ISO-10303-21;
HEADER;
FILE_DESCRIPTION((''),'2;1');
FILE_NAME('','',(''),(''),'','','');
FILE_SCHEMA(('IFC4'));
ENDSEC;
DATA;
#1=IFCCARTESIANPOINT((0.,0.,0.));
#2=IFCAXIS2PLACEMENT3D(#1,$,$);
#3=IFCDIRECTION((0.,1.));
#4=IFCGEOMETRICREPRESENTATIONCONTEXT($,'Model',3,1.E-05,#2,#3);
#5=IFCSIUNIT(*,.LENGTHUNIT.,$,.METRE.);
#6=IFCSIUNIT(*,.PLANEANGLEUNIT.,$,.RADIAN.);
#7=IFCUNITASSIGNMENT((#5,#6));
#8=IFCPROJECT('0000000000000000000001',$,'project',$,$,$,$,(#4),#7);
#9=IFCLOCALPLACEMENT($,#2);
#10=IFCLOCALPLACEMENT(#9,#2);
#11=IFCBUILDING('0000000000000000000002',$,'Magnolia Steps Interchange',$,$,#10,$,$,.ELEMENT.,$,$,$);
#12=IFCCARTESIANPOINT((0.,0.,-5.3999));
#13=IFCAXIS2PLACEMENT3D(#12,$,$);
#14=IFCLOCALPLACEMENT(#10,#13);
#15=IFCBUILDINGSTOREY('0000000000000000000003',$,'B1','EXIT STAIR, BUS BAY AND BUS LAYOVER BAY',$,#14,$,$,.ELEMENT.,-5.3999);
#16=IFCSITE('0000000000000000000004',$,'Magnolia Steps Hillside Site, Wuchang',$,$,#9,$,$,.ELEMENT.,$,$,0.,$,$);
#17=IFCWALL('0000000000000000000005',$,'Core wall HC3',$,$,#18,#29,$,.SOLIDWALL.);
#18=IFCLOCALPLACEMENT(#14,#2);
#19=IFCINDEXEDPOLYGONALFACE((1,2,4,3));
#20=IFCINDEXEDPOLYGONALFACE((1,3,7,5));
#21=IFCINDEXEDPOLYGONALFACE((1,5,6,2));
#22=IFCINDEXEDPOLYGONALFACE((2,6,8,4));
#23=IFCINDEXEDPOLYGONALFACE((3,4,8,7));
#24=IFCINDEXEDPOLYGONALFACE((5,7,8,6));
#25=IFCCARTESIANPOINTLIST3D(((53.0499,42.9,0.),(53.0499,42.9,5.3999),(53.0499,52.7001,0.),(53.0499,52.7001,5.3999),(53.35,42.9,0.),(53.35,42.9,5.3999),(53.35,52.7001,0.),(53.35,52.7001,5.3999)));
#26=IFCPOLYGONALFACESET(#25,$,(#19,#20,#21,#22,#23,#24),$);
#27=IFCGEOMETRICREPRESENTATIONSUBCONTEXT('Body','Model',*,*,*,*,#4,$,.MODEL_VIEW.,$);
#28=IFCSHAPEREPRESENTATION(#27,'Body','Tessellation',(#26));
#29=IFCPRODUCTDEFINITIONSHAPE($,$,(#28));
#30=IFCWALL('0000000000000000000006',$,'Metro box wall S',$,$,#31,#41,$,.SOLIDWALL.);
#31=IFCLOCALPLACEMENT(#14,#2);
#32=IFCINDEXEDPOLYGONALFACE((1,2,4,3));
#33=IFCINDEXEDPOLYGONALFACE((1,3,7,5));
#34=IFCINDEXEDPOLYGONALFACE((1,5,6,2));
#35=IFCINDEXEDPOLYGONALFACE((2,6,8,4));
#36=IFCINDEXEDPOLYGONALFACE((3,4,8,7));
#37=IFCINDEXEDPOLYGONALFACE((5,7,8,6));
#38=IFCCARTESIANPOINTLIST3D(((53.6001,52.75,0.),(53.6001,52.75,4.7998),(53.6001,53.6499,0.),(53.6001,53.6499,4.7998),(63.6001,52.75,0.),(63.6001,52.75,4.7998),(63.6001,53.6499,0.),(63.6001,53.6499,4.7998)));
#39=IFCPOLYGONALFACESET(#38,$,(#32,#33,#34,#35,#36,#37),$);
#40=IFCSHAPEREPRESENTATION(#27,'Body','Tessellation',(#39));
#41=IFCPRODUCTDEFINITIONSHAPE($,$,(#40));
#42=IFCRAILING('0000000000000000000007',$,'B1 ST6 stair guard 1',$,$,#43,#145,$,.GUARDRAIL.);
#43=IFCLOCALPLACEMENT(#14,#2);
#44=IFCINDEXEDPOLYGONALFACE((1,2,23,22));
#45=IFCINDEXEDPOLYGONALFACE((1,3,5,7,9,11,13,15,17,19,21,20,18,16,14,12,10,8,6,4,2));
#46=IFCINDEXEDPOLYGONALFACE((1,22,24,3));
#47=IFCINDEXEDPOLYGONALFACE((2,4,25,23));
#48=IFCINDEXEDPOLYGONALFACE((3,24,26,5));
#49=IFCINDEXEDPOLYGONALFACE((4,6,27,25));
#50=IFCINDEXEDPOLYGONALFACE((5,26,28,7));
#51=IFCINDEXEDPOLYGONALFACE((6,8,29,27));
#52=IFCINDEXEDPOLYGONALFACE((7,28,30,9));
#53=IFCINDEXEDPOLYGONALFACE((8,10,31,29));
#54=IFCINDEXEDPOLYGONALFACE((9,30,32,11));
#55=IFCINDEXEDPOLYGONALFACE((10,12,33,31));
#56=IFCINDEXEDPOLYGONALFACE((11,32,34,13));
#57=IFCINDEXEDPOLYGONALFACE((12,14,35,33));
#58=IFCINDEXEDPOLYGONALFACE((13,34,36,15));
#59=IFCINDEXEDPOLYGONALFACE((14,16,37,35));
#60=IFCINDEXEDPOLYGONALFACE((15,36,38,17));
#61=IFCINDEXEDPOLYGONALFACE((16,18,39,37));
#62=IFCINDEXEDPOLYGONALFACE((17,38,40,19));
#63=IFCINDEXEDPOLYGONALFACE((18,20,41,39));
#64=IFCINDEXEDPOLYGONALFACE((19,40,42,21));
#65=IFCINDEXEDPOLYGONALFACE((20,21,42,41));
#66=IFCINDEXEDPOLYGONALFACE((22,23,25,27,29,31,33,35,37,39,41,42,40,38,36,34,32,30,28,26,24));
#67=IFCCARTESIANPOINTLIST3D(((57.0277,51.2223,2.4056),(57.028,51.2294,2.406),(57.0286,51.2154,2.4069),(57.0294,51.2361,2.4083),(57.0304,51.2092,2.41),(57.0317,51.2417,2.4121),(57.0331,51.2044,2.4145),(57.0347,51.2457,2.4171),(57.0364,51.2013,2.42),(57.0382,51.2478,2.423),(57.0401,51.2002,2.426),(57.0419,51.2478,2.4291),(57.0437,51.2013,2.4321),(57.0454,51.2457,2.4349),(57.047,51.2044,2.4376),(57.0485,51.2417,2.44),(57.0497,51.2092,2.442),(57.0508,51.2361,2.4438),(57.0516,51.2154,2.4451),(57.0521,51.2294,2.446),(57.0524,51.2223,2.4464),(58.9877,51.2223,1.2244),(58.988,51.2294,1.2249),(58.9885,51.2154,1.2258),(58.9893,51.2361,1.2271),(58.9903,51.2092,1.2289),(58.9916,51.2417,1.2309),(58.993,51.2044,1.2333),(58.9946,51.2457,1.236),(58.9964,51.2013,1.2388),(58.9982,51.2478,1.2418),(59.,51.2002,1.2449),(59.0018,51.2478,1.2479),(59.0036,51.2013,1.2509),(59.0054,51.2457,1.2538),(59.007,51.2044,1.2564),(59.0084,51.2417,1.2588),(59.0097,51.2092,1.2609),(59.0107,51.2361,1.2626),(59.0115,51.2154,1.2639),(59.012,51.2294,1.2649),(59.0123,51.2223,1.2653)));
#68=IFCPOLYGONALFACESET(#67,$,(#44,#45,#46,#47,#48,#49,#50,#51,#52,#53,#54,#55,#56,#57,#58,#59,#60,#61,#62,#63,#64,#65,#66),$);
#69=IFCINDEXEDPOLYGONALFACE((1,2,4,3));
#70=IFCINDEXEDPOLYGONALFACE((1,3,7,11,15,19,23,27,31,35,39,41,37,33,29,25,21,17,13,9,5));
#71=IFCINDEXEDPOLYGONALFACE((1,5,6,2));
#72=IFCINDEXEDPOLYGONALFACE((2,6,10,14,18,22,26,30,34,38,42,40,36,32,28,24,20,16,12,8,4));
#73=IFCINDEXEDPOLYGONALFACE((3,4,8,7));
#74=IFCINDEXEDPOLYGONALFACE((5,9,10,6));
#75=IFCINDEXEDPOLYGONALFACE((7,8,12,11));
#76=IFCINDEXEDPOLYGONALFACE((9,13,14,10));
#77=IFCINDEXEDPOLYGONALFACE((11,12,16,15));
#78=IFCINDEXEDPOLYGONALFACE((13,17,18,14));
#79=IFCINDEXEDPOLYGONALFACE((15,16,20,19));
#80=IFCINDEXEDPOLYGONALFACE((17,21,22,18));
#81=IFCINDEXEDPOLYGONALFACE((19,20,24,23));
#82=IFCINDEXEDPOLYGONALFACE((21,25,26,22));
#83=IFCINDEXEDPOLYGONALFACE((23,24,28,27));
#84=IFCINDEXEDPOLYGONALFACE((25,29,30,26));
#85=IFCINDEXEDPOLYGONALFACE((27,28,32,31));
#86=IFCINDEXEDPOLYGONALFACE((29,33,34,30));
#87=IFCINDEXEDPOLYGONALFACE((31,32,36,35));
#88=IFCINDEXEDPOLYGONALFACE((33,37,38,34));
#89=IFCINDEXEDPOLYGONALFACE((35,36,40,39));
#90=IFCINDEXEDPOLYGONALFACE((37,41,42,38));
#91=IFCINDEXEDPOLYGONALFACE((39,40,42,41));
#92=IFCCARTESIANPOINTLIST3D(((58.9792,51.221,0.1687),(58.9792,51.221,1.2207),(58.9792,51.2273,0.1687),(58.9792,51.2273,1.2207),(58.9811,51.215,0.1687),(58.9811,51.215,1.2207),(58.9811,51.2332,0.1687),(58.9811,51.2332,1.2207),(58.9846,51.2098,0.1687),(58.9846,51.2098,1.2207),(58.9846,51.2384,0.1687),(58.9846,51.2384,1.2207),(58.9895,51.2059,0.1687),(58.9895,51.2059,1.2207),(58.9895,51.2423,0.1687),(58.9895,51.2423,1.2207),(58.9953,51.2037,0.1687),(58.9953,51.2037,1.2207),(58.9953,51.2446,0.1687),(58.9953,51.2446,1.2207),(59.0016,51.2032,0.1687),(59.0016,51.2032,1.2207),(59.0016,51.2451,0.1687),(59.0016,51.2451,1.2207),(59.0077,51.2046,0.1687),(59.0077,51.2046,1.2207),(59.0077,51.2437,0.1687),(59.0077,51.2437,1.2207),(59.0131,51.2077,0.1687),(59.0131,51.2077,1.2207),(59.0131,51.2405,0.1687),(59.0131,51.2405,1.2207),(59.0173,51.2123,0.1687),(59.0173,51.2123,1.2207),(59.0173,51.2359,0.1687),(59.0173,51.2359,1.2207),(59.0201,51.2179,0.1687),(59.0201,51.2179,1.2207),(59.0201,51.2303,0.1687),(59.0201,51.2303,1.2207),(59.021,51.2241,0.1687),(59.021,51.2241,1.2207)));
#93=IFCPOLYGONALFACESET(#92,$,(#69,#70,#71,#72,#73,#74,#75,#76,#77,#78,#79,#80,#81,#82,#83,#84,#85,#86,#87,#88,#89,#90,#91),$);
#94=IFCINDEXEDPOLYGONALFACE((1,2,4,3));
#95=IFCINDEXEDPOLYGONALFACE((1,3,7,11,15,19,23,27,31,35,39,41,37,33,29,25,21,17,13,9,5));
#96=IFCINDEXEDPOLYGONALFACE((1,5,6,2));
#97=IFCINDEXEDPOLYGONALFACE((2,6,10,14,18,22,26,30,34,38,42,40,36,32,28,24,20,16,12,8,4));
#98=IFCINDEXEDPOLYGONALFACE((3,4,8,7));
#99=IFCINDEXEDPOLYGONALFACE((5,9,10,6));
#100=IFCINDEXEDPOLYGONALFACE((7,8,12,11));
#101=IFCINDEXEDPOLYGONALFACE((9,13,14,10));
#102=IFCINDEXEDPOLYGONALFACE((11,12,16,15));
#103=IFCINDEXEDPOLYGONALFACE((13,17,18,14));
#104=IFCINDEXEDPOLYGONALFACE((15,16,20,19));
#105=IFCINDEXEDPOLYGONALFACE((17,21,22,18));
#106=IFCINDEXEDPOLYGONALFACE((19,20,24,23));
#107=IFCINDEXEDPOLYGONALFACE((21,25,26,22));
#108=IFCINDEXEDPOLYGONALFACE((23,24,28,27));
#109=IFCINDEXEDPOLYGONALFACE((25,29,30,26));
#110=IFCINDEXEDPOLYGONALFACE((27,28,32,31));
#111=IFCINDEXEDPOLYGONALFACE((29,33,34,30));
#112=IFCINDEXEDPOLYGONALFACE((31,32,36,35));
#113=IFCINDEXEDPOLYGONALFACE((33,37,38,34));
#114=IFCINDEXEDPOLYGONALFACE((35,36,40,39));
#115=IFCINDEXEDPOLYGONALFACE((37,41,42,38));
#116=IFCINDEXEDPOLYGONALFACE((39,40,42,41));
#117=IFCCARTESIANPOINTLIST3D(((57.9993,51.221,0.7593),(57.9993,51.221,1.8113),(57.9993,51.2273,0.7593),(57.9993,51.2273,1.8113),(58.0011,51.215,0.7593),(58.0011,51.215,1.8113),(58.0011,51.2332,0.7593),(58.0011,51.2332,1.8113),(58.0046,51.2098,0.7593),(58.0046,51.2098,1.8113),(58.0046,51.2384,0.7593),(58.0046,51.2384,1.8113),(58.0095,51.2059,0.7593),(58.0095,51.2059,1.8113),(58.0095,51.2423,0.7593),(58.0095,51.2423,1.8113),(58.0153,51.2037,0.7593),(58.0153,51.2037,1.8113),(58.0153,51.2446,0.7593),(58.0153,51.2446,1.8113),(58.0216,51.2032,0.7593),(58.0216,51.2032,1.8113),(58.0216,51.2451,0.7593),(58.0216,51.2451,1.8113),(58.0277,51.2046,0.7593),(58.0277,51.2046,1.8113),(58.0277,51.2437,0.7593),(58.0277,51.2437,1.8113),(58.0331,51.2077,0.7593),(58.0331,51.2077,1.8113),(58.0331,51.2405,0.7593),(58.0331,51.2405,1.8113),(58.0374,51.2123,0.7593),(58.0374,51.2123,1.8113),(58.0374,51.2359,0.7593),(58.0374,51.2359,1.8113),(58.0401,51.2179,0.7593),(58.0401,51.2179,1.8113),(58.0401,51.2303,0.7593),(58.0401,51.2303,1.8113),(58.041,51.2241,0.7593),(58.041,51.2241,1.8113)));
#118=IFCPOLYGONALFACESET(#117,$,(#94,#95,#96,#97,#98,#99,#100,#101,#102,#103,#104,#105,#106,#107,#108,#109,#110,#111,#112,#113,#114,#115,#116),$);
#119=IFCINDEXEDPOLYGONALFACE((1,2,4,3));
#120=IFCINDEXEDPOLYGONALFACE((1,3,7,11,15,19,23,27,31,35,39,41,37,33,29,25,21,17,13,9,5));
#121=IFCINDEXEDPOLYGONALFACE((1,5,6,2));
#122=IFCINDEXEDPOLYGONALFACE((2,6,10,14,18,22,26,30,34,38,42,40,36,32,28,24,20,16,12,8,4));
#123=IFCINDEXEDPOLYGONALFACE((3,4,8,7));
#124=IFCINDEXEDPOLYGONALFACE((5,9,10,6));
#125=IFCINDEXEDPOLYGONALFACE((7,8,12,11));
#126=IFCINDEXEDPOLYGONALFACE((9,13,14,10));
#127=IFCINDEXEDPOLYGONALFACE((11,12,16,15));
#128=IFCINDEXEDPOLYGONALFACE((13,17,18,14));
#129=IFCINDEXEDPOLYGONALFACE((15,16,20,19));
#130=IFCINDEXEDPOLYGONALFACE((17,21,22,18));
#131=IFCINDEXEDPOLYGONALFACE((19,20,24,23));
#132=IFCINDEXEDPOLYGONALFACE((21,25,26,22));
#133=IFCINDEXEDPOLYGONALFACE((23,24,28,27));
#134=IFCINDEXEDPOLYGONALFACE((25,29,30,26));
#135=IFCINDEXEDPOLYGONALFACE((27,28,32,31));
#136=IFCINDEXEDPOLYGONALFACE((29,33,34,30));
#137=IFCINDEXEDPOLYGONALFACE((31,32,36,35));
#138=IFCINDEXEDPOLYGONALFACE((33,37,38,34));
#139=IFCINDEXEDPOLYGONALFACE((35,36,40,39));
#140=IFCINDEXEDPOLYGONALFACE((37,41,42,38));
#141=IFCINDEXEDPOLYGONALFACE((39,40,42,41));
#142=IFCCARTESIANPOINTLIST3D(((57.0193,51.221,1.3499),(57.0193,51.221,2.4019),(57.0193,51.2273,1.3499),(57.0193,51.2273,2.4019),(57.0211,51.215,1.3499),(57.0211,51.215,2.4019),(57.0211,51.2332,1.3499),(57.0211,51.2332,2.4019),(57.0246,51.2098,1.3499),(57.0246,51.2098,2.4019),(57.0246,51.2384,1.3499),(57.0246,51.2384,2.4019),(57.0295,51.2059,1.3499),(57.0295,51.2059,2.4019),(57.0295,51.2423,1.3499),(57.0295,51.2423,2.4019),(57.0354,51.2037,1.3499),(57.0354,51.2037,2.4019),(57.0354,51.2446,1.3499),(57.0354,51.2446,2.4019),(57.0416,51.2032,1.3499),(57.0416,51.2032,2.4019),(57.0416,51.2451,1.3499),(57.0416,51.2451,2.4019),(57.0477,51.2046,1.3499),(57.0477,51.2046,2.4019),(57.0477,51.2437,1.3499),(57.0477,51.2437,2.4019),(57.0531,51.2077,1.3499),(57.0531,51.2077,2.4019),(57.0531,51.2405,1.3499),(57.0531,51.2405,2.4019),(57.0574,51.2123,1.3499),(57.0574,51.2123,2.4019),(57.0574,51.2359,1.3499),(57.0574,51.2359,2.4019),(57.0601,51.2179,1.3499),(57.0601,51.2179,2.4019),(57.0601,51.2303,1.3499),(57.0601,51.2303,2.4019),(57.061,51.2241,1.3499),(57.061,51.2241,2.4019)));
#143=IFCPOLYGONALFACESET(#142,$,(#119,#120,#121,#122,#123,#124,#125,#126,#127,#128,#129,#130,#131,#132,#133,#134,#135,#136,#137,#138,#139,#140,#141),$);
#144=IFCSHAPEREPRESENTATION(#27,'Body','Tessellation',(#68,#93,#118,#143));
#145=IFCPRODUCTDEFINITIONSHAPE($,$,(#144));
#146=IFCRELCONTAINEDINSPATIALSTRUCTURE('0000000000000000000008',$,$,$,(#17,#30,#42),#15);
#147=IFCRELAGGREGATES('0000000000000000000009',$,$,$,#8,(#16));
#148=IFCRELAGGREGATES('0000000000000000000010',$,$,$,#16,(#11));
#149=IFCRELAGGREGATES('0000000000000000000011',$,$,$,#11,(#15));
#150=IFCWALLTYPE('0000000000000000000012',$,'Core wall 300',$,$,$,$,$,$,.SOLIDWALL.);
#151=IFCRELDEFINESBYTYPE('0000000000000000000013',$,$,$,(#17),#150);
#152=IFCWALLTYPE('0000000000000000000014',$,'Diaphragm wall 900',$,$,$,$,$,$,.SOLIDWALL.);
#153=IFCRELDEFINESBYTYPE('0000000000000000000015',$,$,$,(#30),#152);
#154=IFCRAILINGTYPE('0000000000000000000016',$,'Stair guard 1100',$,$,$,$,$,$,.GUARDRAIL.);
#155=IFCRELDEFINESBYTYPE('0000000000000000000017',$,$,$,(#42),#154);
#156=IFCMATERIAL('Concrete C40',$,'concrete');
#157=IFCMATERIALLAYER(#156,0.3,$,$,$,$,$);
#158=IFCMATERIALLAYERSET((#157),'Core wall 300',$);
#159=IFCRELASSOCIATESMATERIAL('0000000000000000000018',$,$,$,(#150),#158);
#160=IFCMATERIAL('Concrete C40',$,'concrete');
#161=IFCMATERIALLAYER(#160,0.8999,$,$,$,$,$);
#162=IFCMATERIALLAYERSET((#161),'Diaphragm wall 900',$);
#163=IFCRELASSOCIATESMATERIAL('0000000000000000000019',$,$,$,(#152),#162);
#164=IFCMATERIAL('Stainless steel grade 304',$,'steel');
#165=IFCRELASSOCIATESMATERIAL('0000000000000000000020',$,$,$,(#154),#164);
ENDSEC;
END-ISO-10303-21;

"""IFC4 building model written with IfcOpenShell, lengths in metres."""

from ifc_helpers import new_model, si_unit, direction, frame, frame_2d, origin, origin_2d, place, context, subcontext, project, spatial, rectangle, circle, extrude, material, layer, layer_set, type_object, element, save


model = new_model("IFC4")

# Units and contexts
model_context = context("Model", 3, precision=1e-05, world=origin(), true_north=direction((0.0, 1.0)))
body_context = subcontext(model_context, "Body", "Model", "MODEL_VIEW")
ifc_project = project(units=[si_unit("LENGTHUNIT", "METRE"), si_unit("PLANEANGLEUNIT", "RADIAN")], contexts=[model_context])

# Site, building, storey
site_placement = place(None, origin())
site = spatial("IfcSite", under=ifc_project, at=site_placement, Name="Magnolia Steps Hillside Site, Wuchang", CompositionType="ELEMENT", RefElevation=0.0)
building_placement = place(site_placement, origin())
building = spatial("IfcBuilding", under=site, at=building_placement, Name="Magnolia Steps Interchange", CompositionType="ELEMENT")
storey_placement = place(building_placement, frame((0.0, 0.0, -5.3999)))
storey = spatial("IfcBuildingStorey", under=building, at=storey_placement, Name="B1", Description="EXIT STAIR, BUS BAY AND BUS LAYOVER BAY", CompositionType="ELEMENT", Elevation=-5.3999)

# Walls
ifc_material_1 = material(Name="Concrete C40", Category="concrete")
ifc_layer_1 = layer(ifc_material_1, 0.3)
ifc_layer_set_1 = layer_set([ifc_layer_1], Name="Core wall 300")
wall_type_1 = type_object("IfcWallType", Name="Core wall 300", PredefinedType="SOLIDWALL", material=ifc_layer_set_1)
wall_1_placement = place(storey_placement, frame((53.2, 52.7, 0.0), z_axis=(0.0, 0.0, 1.0), x_axis=(0.0, -1.0, 0.0)))
element("IfcWall", 1, at=wall_1_placement, inside=storey, type_object=wall_type_1, Name="Core wall HC3", PredefinedType="SOLIDWALL", context=body_context, shape_type="SweptSolid", body=[
    extrude(rectangle(XDim=9.8, YDim=0.3, at=frame_2d((4.8999, 0.0))), origin(), (0.0, 0.0, 1.0), 5.3999),
])
ifc_material_2 = material(Name="Concrete C40", Category="concrete")
ifc_layer_2 = layer(ifc_material_2, 0.8999)
ifc_layer_set_2 = layer_set([ifc_layer_2], Name="Diaphragm wall 900")
wall_type_2 = type_object("IfcWallType", Name="Diaphragm wall 900", PredefinedType="SOLIDWALL", material=ifc_layer_set_2)
wall_2_placement = place(storey_placement, frame((53.6001, 53.2, 0.0), z_axis=(0.0, 0.0, 1.0), x_axis=(1.0, 0.0, 0.0)))
element("IfcWall", 2, at=wall_2_placement, inside=storey, type_object=wall_type_2, Name="Metro box wall S", PredefinedType="SOLIDWALL", context=body_context, shape_type="SweptSolid", body=[
    extrude(rectangle(XDim=10.0, YDim=0.8999, at=frame_2d((5.0, 0.0))), origin(), (0.0, 0.0, 1.0), 4.7998),
])

# Railing
ifc_material_3 = material(Name="Stainless steel grade 304", Category="steel")
railing_type_1 = type_object("IfcRailingType", Name="Stair guard 1100", PredefinedType="GUARDRAIL", material=ifc_material_3)
railing_1_placement = place(storey_placement, frame((59.0, 51.2241, 0.1687)))
element("IfcRailing", 3, at=railing_1_placement, inside=storey, type_object=railing_type_1, Name="B1 ST6 stair guard 1", PredefinedType="GUARDRAIL", context=body_context, shape_type="SweptSolid", body=[
    extrude(circle(Radius=0.0239, at=origin_2d()), frame((0.0, 0.0, 1.0762), z_axis=(-0.856493, 0.0, 0.516158), x_axis=(0.0, -1.0, 0.0)), (0.0, 0.0, 1.0), 2.2883),
    extrude(circle(Radius=0.021, at=origin_2d()), origin(), (0.0, 0.0, 1.0), 1.052),
    extrude(circle(Radius=0.021, at=origin_2d()), frame((-0.98, 0.0, 0.5906)), (0.0, 0.0, 1.0), 1.052),
    extrude(circle(Radius=0.021, at=origin_2d()), frame((-1.96, 0.0, 1.1812)), (0.0, 0.0, 1.0), 1.052),
])

save(model, "model.ifc")
